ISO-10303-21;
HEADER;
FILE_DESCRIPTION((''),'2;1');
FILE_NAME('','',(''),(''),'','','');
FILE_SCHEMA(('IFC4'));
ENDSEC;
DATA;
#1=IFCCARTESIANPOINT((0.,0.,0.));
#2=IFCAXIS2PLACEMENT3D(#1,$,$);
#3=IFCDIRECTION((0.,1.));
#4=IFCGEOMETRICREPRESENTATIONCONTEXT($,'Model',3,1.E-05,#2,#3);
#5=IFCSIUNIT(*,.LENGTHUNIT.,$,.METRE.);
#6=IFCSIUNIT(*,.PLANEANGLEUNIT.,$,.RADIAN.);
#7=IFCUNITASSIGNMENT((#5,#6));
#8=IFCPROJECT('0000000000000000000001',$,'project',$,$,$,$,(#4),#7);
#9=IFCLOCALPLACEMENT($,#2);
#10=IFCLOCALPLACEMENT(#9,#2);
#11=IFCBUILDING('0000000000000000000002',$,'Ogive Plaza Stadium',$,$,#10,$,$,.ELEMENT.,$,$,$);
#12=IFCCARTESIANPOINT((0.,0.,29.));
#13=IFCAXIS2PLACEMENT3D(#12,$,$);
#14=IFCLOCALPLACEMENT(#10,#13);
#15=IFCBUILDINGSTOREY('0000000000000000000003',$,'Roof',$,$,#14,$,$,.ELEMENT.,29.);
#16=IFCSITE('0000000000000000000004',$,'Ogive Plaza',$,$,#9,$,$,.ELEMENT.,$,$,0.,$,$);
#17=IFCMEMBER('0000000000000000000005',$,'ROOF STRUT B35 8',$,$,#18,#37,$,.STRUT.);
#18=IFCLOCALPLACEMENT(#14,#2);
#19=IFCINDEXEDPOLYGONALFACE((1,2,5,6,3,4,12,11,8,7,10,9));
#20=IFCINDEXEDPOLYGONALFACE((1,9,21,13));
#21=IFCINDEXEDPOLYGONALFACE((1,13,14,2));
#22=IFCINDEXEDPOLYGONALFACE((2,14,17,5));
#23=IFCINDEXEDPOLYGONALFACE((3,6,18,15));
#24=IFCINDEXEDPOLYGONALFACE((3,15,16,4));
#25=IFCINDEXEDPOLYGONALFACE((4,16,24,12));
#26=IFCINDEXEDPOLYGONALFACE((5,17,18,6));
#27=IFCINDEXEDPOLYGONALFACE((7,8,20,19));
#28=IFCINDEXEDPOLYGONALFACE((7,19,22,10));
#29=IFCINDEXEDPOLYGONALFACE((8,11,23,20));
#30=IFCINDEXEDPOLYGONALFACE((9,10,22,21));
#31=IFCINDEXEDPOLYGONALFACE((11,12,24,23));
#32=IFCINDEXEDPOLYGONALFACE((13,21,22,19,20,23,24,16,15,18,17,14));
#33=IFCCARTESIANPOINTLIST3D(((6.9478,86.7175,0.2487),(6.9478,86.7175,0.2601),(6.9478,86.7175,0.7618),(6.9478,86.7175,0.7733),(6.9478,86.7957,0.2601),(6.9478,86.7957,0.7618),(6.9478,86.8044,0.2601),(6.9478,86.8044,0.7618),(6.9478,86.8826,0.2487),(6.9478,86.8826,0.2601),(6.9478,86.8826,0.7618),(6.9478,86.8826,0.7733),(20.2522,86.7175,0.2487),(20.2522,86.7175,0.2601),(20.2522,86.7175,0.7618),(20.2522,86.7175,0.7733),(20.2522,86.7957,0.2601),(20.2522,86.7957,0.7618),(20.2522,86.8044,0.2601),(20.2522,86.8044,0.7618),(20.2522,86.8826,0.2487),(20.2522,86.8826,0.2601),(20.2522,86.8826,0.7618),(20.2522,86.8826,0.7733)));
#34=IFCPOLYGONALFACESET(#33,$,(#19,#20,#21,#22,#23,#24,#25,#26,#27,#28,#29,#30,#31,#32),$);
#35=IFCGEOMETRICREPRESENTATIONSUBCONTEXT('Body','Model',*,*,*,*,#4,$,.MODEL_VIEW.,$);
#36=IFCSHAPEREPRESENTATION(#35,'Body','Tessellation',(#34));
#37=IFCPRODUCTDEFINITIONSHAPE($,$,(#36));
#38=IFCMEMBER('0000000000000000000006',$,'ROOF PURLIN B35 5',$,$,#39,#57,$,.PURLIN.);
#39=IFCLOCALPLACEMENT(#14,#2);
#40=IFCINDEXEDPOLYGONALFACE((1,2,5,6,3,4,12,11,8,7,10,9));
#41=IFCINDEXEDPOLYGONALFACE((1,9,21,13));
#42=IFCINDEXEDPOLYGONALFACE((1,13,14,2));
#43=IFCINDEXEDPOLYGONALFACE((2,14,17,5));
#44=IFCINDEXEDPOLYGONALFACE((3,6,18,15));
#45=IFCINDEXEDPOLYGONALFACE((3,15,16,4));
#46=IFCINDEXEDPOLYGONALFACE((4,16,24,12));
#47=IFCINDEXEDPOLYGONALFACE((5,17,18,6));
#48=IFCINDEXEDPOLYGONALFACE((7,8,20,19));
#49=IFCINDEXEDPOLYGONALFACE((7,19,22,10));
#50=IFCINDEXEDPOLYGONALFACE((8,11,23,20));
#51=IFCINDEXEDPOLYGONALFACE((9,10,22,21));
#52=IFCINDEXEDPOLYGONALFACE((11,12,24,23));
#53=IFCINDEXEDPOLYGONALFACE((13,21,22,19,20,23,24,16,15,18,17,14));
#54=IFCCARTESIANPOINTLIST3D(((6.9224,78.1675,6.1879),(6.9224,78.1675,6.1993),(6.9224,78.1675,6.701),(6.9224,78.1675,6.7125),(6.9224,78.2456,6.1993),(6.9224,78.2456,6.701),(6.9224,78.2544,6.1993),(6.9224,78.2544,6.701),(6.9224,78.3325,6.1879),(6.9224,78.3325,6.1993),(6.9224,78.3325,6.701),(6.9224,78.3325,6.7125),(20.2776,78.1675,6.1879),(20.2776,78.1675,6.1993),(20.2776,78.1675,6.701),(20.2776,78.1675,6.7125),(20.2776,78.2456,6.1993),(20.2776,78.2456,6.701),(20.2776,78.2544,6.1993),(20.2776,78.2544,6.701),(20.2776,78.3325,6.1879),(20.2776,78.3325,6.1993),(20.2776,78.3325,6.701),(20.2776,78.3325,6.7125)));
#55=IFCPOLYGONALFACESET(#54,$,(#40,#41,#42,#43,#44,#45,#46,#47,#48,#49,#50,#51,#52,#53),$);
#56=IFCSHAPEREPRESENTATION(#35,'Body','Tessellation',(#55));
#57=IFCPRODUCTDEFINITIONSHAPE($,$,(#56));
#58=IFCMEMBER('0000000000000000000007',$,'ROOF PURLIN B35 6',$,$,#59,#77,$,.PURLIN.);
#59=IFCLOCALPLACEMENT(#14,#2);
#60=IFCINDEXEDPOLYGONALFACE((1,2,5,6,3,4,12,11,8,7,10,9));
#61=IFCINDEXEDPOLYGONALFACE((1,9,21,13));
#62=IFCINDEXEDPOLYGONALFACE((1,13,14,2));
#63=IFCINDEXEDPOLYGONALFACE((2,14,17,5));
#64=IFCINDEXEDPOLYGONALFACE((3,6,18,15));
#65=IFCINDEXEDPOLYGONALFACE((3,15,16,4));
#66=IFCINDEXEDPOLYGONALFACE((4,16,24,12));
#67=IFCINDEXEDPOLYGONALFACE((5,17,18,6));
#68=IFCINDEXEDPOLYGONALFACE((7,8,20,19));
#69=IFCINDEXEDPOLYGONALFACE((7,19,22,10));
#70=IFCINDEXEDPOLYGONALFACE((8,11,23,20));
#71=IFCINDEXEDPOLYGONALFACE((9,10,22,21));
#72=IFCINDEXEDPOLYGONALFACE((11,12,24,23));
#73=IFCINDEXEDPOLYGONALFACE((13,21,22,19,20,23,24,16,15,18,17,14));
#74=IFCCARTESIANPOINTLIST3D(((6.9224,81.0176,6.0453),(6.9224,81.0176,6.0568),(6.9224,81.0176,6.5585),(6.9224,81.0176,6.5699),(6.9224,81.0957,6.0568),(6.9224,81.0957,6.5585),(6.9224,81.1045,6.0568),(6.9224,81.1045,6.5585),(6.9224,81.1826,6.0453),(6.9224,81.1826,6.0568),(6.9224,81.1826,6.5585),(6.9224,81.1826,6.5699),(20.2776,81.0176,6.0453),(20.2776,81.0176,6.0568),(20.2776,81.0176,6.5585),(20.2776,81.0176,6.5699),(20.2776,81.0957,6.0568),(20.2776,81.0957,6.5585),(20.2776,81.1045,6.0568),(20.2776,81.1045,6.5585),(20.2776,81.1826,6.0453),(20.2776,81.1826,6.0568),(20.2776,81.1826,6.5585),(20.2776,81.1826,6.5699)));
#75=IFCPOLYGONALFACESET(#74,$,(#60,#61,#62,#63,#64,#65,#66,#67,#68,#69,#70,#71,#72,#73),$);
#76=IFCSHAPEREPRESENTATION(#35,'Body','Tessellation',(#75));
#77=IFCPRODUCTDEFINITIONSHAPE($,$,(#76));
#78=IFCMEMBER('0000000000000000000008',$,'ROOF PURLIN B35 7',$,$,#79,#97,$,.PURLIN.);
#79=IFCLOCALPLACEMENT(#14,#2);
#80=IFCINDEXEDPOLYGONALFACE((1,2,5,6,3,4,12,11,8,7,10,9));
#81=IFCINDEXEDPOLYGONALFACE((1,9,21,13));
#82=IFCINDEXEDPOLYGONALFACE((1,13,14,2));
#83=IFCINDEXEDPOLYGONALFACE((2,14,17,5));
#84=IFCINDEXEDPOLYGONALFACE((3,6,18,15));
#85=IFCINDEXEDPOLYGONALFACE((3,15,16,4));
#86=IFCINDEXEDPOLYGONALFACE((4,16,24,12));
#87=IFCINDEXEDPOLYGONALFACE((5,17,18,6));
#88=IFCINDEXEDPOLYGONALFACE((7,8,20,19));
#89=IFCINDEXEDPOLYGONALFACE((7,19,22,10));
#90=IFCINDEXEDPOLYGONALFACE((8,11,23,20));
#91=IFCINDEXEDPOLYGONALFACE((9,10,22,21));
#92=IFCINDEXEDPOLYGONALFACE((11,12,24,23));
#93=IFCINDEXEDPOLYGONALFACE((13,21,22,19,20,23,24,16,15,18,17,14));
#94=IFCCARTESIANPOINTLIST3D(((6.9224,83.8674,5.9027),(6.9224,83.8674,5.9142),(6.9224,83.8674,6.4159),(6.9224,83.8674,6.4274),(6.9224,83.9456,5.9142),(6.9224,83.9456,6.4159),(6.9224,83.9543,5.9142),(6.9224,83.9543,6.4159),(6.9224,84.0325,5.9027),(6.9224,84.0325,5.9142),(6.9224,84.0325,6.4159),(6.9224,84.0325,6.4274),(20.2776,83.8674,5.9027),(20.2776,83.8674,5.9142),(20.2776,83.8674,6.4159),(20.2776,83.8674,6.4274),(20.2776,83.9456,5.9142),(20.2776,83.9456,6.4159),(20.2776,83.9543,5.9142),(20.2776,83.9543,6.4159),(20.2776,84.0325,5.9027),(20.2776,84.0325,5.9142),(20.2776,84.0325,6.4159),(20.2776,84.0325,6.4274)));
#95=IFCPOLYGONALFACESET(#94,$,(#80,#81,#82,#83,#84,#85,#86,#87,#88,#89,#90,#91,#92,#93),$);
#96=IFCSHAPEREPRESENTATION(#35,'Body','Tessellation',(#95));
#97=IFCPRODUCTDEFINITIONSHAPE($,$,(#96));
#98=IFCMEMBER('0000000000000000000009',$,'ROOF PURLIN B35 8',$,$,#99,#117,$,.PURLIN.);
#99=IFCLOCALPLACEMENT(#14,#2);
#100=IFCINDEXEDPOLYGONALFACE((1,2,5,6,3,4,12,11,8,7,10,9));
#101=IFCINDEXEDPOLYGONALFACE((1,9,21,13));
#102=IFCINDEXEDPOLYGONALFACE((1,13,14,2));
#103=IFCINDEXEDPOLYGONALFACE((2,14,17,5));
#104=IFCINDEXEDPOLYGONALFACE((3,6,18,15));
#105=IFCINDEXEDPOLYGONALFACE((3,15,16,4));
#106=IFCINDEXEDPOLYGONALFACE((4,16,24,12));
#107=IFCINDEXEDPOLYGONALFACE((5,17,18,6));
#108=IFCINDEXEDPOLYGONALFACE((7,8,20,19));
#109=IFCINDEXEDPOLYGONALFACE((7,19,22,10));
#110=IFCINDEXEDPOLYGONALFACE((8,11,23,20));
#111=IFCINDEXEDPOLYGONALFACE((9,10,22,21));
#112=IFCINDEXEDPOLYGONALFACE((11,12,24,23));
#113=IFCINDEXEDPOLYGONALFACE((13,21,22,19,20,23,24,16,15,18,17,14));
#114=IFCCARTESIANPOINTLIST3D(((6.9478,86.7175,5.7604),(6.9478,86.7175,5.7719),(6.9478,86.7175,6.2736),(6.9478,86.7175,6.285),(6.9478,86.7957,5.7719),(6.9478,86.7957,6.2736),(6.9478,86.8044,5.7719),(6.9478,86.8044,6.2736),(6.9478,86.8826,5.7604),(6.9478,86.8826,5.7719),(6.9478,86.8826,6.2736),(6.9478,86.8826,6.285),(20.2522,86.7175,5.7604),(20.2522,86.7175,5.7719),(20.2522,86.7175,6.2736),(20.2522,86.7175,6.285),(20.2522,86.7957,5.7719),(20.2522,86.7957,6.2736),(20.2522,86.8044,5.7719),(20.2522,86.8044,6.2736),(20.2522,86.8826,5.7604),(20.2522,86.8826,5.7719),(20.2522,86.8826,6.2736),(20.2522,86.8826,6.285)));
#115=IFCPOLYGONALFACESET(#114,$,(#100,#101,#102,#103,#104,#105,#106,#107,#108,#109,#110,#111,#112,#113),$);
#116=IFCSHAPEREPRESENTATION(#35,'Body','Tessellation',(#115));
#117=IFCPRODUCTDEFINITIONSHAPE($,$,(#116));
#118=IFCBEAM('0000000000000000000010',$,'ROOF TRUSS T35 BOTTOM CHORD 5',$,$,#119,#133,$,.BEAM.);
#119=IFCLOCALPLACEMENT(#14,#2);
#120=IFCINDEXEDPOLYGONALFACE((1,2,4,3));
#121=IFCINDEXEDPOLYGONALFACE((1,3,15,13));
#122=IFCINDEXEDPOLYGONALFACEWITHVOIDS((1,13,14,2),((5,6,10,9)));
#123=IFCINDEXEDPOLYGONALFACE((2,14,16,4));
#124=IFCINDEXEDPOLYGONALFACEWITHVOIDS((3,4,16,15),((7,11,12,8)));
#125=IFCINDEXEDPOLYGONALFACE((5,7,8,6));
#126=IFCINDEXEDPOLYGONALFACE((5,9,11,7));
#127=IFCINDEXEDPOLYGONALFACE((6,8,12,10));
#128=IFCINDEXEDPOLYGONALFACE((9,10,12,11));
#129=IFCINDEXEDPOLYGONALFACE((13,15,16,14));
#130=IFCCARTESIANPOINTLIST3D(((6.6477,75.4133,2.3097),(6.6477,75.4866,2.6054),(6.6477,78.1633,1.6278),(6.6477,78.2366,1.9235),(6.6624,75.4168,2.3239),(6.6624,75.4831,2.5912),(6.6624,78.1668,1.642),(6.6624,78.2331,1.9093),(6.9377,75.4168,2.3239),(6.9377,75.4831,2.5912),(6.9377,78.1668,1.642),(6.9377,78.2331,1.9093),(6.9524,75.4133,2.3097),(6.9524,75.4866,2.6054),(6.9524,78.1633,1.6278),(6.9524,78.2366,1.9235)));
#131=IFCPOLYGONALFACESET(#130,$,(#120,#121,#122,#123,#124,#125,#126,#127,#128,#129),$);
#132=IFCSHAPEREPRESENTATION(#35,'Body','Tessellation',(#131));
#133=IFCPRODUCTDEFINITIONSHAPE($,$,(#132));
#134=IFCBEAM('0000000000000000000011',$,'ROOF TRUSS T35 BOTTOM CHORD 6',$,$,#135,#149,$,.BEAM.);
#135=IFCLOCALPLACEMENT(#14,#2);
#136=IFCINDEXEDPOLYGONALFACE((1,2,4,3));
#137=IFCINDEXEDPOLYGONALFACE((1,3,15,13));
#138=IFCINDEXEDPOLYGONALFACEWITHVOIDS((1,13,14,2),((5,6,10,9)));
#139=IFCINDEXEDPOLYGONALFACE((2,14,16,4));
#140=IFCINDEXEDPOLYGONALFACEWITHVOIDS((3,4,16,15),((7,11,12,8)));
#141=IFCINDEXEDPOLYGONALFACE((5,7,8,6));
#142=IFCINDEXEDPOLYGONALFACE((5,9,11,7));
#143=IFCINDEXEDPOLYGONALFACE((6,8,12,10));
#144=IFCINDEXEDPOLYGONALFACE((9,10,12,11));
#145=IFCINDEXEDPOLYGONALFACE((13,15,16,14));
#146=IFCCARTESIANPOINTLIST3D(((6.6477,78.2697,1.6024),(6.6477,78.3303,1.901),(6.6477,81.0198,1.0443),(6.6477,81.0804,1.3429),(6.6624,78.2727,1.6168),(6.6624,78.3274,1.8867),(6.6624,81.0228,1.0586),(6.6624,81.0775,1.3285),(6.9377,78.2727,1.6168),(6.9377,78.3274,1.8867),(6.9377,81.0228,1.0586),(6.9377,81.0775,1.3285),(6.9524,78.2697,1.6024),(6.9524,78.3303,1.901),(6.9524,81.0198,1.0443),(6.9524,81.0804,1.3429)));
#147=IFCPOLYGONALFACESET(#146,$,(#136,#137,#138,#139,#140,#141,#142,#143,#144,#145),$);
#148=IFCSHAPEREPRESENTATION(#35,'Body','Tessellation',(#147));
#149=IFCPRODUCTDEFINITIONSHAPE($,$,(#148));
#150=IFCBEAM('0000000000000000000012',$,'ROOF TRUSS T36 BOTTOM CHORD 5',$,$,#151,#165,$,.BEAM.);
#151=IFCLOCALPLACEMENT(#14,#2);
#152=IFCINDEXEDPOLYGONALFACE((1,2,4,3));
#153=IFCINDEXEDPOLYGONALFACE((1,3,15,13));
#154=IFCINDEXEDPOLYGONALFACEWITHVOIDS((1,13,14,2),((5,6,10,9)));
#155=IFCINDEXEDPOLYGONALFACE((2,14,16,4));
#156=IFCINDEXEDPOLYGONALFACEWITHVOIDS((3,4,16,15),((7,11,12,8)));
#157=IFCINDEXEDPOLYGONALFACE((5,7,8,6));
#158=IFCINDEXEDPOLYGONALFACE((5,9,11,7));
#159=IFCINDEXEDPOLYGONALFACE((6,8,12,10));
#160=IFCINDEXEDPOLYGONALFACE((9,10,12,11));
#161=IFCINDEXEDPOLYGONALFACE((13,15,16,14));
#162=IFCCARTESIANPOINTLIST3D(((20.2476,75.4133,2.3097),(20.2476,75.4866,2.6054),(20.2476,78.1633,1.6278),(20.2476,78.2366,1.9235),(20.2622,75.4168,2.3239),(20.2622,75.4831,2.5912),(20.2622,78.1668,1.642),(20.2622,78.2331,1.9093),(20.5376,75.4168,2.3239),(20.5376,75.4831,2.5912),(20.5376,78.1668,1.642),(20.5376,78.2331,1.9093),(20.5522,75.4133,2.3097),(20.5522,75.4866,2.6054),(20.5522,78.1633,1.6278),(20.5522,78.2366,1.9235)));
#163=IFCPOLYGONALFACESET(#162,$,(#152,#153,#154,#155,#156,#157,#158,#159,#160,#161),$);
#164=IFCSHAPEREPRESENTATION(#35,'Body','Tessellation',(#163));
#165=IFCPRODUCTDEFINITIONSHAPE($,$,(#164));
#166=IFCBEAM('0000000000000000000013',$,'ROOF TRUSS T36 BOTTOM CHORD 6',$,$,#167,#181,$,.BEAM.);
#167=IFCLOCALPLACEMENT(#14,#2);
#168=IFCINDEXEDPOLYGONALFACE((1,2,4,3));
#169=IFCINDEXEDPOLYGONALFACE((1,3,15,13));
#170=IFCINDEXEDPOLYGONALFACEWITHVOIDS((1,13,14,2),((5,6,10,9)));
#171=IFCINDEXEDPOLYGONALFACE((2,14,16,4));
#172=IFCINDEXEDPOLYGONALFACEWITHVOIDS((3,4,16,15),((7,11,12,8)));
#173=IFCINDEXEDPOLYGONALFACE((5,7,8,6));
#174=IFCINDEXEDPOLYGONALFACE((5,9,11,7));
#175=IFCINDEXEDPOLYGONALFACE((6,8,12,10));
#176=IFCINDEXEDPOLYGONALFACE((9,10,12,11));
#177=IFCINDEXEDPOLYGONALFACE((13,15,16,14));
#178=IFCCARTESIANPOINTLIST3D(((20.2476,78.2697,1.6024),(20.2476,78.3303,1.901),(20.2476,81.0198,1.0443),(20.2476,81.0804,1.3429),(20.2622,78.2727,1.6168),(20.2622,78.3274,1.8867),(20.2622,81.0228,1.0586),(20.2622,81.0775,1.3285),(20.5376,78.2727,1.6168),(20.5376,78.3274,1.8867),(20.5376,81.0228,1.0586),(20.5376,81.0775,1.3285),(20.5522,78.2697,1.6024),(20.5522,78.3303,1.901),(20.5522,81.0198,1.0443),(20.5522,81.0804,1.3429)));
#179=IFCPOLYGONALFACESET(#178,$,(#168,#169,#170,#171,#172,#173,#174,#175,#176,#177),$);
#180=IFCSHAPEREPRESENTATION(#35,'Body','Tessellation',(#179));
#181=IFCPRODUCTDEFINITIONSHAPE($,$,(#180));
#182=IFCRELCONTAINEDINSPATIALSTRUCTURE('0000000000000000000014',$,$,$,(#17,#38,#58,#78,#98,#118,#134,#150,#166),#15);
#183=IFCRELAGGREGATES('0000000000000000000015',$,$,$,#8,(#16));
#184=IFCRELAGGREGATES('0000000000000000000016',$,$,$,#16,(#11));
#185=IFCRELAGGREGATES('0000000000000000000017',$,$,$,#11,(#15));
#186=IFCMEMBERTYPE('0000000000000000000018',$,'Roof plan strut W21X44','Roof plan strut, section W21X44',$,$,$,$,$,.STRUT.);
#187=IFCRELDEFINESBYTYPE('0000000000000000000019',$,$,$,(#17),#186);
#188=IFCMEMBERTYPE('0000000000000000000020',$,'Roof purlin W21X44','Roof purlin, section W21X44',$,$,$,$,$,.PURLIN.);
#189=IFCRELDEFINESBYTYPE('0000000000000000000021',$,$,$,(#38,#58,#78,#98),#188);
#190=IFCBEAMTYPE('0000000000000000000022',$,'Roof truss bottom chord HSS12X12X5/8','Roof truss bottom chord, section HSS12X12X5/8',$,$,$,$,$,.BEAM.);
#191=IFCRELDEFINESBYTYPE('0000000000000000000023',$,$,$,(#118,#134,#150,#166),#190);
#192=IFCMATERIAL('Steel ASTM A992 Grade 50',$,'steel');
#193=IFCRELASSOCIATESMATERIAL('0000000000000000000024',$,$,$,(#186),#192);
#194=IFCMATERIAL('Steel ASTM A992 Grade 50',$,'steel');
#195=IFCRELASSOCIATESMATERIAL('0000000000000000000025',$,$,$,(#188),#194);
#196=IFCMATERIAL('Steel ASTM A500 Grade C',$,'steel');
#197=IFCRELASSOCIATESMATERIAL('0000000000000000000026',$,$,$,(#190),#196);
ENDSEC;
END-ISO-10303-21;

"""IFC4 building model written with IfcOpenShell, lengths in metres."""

from ifc_helpers import new_model, si_unit, direction, frame, origin, origin_2d, place, context, subcontext, project, spatial, hollow_rectangle, i_section, extrude, material, material_profile, profile_set, type_object, element, save


model = new_model("IFC4")

# Units and contexts
model_context = context("Model", 3, precision=1e-05, world=origin(), true_north=direction((0.0, 1.0)))
body_context = subcontext(model_context, "Body", "Model", "MODEL_VIEW")
ifc_project = project(units=[si_unit("LENGTHUNIT", "METRE"), si_unit("PLANEANGLEUNIT", "RADIAN")], contexts=[model_context])

# Site, building, storey
site_placement = place(None, origin())
site = spatial("IfcSite", under=ifc_project, at=site_placement, Name="Ogive Plaza", CompositionType="ELEMENT", RefElevation=0.0)
building_placement = place(site_placement, origin())
building = spatial("IfcBuilding", under=site, at=building_placement, Name="Ogive Plaza Stadium", CompositionType="ELEMENT")
storey_placement = place(building_placement, frame((0.0, 0.0, 29.0)))
storey = spatial("IfcBuildingStorey", under=building, at=storey_placement, Name="Roof", CompositionType="ELEMENT", Elevation=29.0)

# Members
ifc_material_1 = material(Name="Steel ASTM A992 Grade 50", Category="steel")
ifc_material_profile_1 = material_profile(ifc_material_1, i_section(OverallWidth=0.165, OverallDepth=0.5247, WebThickness=0.0088, FlangeThickness=0.0115, at=origin_2d()), Name="W21X44")
ifc_profile_set_1 = profile_set([ifc_material_profile_1], Name="Steel ASTM A992 Grade 50")
member_type_1 = type_object("IfcMemberType", Name="Roof plan strut W21X44", Description="Roof plan strut, section W21X44", PredefinedType="STRUT", material=ifc_profile_set_1)
member_1_placement = place(storey_placement, frame((6.9478, 86.8, 0.511), z_axis=(1.0, 0.0, 0.0), x_axis=(0.0, 1.0, 0.0)))
element("IfcMember", 1, at=member_1_placement, inside=storey, type_object=member_type_1, Name="ROOF STRUT B35 8", PredefinedType="STRUT", context=body_context, shape_type="SweptSolid", body=[
    extrude(i_section(OverallWidth=0.165, OverallDepth=0.5247, WebThickness=0.0088, FlangeThickness=0.0115, at=origin_2d()), origin(), (0.0, 0.0, 1.0), 13.3044),
])
ifc_material_2 = material(Name="Steel ASTM A992 Grade 50", Category="steel")
ifc_material_profile_2 = material_profile(ifc_material_2, i_section(OverallWidth=0.165, OverallDepth=0.5247, WebThickness=0.0088, FlangeThickness=0.0115, at=origin_2d()), Name="W21X44")
ifc_profile_set_2 = profile_set([ifc_material_profile_2], Name="Steel ASTM A992 Grade 50")
member_type_2 = type_object("IfcMemberType", Name="Roof purlin W21X44", Description="Roof purlin, section W21X44", PredefinedType="PURLIN", material=ifc_profile_set_2)
for number, where, z_axis, x_axis, name in (
    (2, (6.9224, 78.25, 6.4502), (1.0, 0.0, 0.0), (0.0, 1.0, 0.0), "ROOF PURLIN B35 5"),
    (3, (6.9224, 81.1001, 6.3076), (1.0, 0.0, 0.0), (0.0, 1.0, 0.0), "ROOF PURLIN B35 6"),
    (4, (6.9224, 83.95, 6.165), (1.0, 0.0, 0.0), (0.0, 1.0, 0.0), "ROOF PURLIN B35 7"),
):
    element("IfcMember", number, at=place(storey_placement, frame(where, z_axis=z_axis, x_axis=x_axis)), inside=storey, type_object=member_type_2, Name=name, PredefinedType="PURLIN", context=body_context, shape_type="SweptSolid", body=[
        extrude(i_section(OverallWidth=0.165, OverallDepth=0.5247, WebThickness=0.0088, FlangeThickness=0.0115, at=origin_2d()), origin(), (0.0, 0.0, 1.0), 13.3552),
    ])
member_2_placement = place(storey_placement, frame((6.9478, 86.8, 6.0227), z_axis=(1.0, 0.0, 0.0), x_axis=(0.0, 1.0, 0.0)))
element("IfcMember", 5, at=member_2_placement, inside=storey, type_object=member_type_2, Name="ROOF PURLIN B35 8", PredefinedType="PURLIN", context=body_context, shape_type="SweptSolid", body=[
    extrude(i_section(OverallWidth=0.165, OverallDepth=0.5247, WebThickness=0.0088, FlangeThickness=0.0115, at=origin_2d()), origin(), (0.0, 0.0, 1.0), 13.3044),
])

# Beams
ifc_material_3 = material(Name="Steel ASTM A500 Grade C", Category="steel")
ifc_material_profile_3 = material_profile(ifc_material_3, hollow_rectangle(XDim=0.3047, YDim=0.3047, WallThickness=0.0146, at=origin_2d()), Name="HSS12X12X5/8")
ifc_profile_set_3 = profile_set([ifc_material_profile_3], Name="Steel ASTM A500 Grade C")
beam_type_1 = type_object("IfcBeamType", Name="Roof truss bottom chord HSS12X12X5/8", Description="Roof truss bottom chord, section HSS12X12X5/8", PredefinedType="BEAM", material=ifc_profile_set_3)
beam_1_placement = place(storey_placement, frame((6.8, 75.45, 2.4575), z_axis=(0.0, 0.970607, -0.24067), x_axis=(-1.0, 0.0, 0.0)))
element("IfcBeam", 6, at=beam_1_placement, inside=storey, type_object=beam_type_1, Name="ROOF TRUSS T35 BOTTOM CHORD 5", PredefinedType="BEAM", context=body_context, shape_type="SweptSolid", body=[
    extrude(hollow_rectangle(XDim=0.3047, YDim=0.3047, WallThickness=0.0146, at=origin_2d()), origin(), (0.0, 0.0, 1.0), 2.8333),
])
beam_2_placement = place(storey_placement, frame((6.8, 78.3, 1.7517), z_axis=(0.0, 0.980021, -0.198893), x_axis=(-1.0, 0.0, 0.0)))
element("IfcBeam", 7, at=beam_2_placement, inside=storey, type_object=beam_type_1, Name="ROOF TRUSS T35 BOTTOM CHORD 6", PredefinedType="BEAM", context=body_context, shape_type="SweptSolid", body=[
    extrude(hollow_rectangle(XDim=0.3047, YDim=0.3047, WallThickness=0.0146, at=origin_2d()), origin(), (0.0, 0.0, 1.0), 2.8062),
])
beam_3_placement = place(storey_placement, frame((20.3999, 75.45, 2.4575), z_axis=(0.0, 0.970607, -0.24067), x_axis=(-1.0, 0.0, 0.0)))
element("IfcBeam", 8, at=beam_3_placement, inside=storey, type_object=beam_type_1, Name="ROOF TRUSS T36 BOTTOM CHORD 5", PredefinedType="BEAM", context=body_context, shape_type="SweptSolid", body=[
    extrude(hollow_rectangle(XDim=0.3047, YDim=0.3047, WallThickness=0.0146, at=origin_2d()), origin(), (0.0, 0.0, 1.0), 2.8333),
])
beam_4_placement = place(storey_placement, frame((20.3999, 78.3, 1.7517), z_axis=(0.0, 0.980021, -0.198893), x_axis=(-1.0, 0.0, 0.0)))
element("IfcBeam", 9, at=beam_4_placement, inside=storey, type_object=beam_type_1, Name="ROOF TRUSS T36 BOTTOM CHORD 6", PredefinedType="BEAM", context=body_context, shape_type="SweptSolid", body=[
    extrude(hollow_rectangle(XDim=0.3047, YDim=0.3047, WallThickness=0.0146, at=origin_2d()), origin(), (0.0, 0.0, 1.0), 2.8062),
])

save(model, "model.ifc")
